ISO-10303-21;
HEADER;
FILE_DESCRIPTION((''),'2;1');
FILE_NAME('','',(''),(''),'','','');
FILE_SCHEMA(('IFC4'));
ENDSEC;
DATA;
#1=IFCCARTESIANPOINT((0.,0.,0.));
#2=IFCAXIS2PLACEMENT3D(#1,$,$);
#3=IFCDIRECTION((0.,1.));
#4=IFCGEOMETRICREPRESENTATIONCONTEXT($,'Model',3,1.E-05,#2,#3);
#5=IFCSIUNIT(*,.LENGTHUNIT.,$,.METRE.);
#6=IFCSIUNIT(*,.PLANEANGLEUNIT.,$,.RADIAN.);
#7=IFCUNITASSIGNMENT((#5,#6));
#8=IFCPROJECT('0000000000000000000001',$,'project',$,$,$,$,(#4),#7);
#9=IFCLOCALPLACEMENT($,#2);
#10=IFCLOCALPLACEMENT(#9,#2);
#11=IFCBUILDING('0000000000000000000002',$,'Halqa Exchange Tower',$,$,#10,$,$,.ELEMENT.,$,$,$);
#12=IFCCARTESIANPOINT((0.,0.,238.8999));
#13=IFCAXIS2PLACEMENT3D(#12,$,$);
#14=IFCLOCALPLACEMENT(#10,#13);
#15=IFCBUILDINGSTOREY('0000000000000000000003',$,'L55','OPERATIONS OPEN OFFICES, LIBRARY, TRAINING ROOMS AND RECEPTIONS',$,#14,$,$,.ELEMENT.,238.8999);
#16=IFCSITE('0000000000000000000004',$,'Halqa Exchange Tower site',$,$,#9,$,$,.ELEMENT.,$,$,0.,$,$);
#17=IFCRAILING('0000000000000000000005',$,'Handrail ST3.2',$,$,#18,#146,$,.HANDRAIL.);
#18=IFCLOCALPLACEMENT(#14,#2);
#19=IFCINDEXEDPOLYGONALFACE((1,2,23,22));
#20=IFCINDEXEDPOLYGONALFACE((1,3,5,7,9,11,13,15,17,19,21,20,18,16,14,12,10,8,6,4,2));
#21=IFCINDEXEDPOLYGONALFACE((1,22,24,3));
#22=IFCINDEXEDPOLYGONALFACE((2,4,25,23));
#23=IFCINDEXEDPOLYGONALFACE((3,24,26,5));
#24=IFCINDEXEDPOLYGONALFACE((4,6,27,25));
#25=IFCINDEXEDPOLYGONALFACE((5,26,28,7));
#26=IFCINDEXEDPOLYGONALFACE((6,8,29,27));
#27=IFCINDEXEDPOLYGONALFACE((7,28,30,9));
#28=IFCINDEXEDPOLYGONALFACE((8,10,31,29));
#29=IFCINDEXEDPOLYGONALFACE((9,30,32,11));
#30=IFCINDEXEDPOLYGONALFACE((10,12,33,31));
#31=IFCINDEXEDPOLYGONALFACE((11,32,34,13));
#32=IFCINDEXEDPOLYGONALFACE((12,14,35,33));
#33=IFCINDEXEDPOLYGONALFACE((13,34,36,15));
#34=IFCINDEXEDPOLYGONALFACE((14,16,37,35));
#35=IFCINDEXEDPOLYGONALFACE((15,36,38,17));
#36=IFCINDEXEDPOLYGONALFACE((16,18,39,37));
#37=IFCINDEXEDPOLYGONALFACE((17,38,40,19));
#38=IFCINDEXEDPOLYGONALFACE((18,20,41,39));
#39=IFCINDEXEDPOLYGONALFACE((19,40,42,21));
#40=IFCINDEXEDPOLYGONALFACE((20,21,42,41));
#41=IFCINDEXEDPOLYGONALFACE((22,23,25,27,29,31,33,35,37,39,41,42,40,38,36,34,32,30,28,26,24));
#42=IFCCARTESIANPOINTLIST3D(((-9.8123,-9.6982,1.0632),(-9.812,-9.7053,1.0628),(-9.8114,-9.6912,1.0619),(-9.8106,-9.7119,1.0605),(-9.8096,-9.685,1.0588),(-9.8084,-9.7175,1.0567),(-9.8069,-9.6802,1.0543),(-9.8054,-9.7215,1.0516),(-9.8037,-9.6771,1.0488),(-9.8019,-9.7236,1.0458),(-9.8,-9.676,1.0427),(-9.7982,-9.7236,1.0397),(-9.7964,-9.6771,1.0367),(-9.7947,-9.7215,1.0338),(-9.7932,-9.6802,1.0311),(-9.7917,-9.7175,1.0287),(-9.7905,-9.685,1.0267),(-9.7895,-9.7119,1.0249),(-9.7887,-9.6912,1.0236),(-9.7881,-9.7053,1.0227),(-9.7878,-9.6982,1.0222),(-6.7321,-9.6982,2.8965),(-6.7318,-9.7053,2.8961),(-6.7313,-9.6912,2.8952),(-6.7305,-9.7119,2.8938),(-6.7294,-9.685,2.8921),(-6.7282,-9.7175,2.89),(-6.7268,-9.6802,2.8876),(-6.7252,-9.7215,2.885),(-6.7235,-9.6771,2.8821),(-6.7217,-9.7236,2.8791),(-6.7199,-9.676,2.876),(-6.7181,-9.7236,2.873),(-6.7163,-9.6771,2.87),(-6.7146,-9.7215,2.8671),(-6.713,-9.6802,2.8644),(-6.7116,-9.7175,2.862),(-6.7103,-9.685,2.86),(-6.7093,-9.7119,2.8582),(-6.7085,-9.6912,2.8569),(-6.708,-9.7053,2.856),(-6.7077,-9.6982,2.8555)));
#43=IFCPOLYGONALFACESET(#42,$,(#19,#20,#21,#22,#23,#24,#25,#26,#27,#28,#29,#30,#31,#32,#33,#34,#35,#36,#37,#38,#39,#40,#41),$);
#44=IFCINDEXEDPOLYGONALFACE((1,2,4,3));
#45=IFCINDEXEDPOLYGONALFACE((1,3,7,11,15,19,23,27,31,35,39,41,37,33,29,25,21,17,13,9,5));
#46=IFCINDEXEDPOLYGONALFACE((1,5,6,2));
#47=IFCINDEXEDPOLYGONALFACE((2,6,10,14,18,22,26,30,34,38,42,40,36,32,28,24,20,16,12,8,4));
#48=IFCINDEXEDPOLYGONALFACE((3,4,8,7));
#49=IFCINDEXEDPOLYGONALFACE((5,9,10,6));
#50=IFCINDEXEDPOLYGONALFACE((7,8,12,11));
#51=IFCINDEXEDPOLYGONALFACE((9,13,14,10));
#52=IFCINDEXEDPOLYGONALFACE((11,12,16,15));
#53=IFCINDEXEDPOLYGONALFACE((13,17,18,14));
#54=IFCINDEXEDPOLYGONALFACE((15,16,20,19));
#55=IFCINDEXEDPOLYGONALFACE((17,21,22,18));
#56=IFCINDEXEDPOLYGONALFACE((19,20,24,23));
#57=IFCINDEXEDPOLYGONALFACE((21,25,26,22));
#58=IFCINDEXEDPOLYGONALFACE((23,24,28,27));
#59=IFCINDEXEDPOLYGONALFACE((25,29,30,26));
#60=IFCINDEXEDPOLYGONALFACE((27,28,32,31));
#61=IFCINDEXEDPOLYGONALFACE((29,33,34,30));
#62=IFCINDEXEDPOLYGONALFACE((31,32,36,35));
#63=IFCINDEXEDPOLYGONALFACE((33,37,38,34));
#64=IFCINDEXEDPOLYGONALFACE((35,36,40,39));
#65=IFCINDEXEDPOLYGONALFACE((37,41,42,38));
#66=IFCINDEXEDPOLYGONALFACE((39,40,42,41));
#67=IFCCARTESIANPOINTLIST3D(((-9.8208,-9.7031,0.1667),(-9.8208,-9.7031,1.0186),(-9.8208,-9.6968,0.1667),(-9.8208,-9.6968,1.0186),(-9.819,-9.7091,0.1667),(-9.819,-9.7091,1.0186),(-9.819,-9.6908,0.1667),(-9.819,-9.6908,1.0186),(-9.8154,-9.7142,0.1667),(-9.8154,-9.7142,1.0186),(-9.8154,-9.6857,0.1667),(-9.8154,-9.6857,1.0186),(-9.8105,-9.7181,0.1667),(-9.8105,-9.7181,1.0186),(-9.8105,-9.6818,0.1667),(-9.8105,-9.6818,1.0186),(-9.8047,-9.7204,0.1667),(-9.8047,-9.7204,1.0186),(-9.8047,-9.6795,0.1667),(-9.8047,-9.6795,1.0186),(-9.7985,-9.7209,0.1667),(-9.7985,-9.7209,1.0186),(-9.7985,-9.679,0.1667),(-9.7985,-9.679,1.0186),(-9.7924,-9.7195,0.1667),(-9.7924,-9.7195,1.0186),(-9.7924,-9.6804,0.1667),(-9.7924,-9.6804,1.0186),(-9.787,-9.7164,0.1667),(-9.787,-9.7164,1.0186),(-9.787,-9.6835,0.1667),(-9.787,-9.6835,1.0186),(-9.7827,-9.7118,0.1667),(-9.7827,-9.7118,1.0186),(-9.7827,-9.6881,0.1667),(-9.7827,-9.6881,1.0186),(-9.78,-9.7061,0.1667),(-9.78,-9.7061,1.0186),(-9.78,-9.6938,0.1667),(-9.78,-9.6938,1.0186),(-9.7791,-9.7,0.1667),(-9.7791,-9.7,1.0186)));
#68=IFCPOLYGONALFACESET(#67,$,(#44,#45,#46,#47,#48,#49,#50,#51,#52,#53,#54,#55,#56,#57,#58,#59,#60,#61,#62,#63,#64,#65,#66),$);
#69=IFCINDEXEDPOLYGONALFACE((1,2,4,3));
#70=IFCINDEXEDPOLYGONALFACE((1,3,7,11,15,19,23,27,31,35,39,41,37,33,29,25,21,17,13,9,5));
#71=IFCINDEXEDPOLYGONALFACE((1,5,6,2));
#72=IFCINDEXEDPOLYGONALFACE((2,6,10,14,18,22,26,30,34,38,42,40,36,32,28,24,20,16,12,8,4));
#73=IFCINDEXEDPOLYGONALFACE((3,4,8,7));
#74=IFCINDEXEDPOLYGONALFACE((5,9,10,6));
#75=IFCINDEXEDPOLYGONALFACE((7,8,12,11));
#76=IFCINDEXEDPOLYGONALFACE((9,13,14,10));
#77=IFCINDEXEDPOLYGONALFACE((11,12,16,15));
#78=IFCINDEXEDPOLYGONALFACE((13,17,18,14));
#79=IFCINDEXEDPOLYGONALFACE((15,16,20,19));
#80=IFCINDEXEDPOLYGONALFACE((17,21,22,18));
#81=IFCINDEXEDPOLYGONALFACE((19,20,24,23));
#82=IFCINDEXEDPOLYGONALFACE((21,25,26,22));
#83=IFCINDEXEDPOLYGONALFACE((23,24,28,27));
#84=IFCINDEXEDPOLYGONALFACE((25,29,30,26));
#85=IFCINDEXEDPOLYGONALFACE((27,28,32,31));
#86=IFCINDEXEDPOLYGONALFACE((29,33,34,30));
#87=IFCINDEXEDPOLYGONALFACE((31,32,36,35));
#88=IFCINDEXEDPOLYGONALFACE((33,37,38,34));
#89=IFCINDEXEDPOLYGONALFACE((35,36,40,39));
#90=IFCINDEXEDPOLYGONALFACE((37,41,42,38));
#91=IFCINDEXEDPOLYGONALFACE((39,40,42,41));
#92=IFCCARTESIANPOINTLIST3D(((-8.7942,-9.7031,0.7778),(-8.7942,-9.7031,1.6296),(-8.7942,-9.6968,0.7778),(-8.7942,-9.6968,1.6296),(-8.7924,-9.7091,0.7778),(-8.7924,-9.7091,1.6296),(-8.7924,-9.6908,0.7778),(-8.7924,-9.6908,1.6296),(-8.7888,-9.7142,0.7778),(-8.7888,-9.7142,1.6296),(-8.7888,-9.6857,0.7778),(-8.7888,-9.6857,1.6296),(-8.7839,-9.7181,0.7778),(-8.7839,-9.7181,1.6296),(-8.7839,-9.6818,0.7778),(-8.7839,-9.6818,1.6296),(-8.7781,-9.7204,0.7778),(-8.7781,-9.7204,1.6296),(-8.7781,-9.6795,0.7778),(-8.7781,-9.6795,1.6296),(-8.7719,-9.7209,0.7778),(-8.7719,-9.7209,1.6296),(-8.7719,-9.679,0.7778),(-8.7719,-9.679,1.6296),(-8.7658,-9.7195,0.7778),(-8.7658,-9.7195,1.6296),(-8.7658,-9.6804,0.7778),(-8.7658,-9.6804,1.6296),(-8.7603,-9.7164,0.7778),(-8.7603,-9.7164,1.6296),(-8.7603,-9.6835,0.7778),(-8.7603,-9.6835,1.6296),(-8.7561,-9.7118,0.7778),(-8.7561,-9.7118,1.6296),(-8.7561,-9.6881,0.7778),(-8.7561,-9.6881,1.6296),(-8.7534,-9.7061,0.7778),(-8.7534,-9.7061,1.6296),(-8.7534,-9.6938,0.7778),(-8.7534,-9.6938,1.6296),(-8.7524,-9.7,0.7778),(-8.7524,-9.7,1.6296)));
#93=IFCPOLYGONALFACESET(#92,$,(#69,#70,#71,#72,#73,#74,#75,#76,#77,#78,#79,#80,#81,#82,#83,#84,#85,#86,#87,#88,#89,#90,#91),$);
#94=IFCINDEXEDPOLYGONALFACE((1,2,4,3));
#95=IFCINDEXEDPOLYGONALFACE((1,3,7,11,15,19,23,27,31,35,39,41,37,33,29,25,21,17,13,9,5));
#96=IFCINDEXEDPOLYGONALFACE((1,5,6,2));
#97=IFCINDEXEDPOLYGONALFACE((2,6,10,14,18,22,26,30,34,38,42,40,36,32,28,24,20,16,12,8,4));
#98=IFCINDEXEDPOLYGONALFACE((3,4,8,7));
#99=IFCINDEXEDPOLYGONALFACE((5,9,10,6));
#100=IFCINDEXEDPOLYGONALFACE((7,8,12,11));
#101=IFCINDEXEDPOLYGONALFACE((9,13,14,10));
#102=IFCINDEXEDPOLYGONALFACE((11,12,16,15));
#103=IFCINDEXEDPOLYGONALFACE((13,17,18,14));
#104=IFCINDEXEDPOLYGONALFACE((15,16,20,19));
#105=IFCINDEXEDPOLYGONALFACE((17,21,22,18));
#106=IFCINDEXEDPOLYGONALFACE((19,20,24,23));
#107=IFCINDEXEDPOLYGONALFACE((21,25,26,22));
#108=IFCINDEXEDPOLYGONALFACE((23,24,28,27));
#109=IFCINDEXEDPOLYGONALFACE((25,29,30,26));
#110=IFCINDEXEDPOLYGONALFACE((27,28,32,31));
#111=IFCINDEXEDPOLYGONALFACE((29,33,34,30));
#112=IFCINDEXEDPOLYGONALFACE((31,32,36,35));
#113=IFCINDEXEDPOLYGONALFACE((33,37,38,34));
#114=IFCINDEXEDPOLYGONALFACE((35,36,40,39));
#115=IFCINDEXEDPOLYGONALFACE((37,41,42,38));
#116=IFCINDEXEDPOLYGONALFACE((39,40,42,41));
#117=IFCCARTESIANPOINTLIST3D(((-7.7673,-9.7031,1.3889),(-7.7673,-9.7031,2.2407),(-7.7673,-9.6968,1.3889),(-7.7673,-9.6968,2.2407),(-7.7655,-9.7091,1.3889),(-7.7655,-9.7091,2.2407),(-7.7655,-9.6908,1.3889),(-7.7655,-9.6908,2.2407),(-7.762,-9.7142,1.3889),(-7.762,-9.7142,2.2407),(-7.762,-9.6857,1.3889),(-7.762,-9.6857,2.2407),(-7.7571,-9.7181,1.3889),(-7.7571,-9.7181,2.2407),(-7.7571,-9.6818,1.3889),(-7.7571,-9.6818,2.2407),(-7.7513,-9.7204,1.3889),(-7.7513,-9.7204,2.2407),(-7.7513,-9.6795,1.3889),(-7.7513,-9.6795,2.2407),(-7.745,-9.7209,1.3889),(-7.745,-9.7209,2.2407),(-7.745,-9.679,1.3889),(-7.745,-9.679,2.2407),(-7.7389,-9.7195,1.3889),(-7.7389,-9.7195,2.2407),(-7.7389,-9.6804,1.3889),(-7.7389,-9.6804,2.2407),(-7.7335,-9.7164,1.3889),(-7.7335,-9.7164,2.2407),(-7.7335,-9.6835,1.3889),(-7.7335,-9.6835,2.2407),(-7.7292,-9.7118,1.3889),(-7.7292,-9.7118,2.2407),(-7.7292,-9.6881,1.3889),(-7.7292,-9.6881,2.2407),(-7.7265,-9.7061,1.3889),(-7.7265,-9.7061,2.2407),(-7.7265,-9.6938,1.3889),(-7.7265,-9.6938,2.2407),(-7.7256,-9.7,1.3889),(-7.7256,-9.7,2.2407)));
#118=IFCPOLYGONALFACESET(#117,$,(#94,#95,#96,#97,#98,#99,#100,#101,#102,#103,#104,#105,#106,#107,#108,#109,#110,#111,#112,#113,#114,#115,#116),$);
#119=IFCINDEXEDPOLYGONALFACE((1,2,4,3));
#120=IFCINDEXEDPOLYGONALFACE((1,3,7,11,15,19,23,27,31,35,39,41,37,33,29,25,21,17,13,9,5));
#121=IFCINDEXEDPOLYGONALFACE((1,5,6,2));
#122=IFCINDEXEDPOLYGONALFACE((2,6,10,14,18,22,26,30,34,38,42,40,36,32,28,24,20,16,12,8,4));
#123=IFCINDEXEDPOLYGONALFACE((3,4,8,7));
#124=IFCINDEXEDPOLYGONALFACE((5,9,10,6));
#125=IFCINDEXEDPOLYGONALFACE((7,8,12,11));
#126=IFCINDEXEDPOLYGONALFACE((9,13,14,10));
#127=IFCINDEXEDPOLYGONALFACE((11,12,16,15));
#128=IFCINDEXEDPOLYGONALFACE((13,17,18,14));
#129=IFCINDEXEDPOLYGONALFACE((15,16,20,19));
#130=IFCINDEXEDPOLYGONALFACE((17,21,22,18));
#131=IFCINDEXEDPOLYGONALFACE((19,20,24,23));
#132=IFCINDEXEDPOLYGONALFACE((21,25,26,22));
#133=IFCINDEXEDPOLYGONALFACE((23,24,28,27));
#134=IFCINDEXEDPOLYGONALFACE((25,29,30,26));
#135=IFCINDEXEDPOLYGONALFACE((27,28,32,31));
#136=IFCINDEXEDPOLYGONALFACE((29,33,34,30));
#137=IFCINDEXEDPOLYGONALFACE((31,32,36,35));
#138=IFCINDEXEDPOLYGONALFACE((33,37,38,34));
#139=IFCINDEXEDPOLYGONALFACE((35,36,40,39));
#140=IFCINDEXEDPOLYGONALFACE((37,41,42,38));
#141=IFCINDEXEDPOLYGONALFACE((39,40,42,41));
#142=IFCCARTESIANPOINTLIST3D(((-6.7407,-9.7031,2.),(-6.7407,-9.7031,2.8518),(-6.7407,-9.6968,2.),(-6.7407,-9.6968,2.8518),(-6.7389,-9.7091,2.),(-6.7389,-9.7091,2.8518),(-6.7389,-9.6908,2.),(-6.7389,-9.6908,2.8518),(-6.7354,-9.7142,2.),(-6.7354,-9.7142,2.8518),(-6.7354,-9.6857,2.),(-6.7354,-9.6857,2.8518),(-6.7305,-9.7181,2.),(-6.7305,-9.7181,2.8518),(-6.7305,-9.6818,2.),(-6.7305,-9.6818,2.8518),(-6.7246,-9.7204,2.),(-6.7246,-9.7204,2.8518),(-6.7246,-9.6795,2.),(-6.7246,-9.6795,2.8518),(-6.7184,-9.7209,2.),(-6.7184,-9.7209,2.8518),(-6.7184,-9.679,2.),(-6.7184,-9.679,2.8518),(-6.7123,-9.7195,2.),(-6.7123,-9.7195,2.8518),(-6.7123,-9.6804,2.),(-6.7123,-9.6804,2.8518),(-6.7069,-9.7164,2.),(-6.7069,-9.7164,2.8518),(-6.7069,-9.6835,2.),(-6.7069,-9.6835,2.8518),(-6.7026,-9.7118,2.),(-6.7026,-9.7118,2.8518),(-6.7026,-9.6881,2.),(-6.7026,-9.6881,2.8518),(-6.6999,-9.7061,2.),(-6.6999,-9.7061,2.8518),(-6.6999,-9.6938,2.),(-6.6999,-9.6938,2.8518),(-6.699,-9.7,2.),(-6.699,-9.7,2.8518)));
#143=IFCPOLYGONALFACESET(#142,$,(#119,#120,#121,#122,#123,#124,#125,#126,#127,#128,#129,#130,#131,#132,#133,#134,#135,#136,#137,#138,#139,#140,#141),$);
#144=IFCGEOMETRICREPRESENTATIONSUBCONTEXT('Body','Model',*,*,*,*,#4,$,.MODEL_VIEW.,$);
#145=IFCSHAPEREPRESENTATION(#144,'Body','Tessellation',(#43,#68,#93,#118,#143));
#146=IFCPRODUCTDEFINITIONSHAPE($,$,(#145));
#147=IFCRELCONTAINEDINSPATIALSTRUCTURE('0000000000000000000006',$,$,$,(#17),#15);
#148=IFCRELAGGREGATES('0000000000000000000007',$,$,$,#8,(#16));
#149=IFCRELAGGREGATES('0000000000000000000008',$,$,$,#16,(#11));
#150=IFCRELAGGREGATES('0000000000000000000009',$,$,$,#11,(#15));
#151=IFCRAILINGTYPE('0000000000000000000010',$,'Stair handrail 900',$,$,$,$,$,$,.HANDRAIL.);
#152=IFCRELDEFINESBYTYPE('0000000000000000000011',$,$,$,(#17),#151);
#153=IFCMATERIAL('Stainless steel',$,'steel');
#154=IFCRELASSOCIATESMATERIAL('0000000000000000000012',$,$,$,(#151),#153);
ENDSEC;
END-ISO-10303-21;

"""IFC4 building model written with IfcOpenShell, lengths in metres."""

from ifc_helpers import new_model, si_unit, direction, frame, origin, origin_2d, place, context, subcontext, project, spatial, circle, extrude, material, type_object, element, save


model = new_model("IFC4")

# Units and contexts
model_context = context("Model", 3, precision=1e-05, world=origin(), true_north=direction((0.0, 1.0)))
body_context = subcontext(model_context, "Body", "Model", "MODEL_VIEW")
ifc_project = project(units=[si_unit("LENGTHUNIT", "METRE"), si_unit("PLANEANGLEUNIT", "RADIAN")], contexts=[model_context])

# Site, building, storey
site_placement = place(None, origin())
site = spatial("IfcSite", under=ifc_project, at=site_placement, Name="Halqa Exchange Tower site", CompositionType="ELEMENT", RefElevation=0.0)
building_placement = place(site_placement, origin())
building = spatial("IfcBuilding", under=site, at=building_placement, Name="Halqa Exchange Tower", CompositionType="ELEMENT")
storey_placement = place(building_placement, frame((0.0, 0.0, 238.8999)))
storey = spatial("IfcBuildingStorey", under=building, at=storey_placement, Name="L55", Description="OPERATIONS OPEN OFFICES, LIBRARY, TRAINING ROOMS AND RECEPTIONS", CompositionType="ELEMENT", Elevation=238.8999)

# Shared definitions
ifc_material_1 = material(Name="Stainless steel", Category="steel")

# Railing
railing_type_1 = type_object("IfcRailingType", Name="Stair handrail 900", PredefinedType="HANDRAIL", material=ifc_material_1)
railing_1_placement = place(storey_placement, frame((-9.8, -9.7, 0.1667)))
element("IfcRailing", 1, at=railing_1_placement, inside=storey, type_object=railing_type_1, Name="Handrail ST3.2", PredefinedType="HANDRAIL", context=body_context, shape_type="SweptSolid", body=[
    extrude(circle(Radius=0.0239, at=origin_2d()), frame((0.0, 0.0, 0.876), z_axis=(0.859309, 0.0, 0.511458), x_axis=(0.0, 1.0, 0.0)), (0.0, 0.0, 1.0), 3.5845),
    extrude(circle(Radius=0.021, at=origin_2d()), origin(), (0.0, 0.0, 1.0), 0.8518),
    extrude(circle(Radius=0.021, at=origin_2d()), frame((1.0266, 0.0, 0.6111)), (0.0, 0.0, 1.0), 0.8518),
    extrude(circle(Radius=0.021, at=origin_2d()), frame((2.0535, 0.0, 1.2222)), (0.0, 0.0, 1.0), 0.8518),
    extrude(circle(Radius=0.021, at=origin_2d()), frame((3.0801, 0.0, 1.8333)), (0.0, 0.0, 1.0), 0.8518),
])

save(model, "model.ifc")
